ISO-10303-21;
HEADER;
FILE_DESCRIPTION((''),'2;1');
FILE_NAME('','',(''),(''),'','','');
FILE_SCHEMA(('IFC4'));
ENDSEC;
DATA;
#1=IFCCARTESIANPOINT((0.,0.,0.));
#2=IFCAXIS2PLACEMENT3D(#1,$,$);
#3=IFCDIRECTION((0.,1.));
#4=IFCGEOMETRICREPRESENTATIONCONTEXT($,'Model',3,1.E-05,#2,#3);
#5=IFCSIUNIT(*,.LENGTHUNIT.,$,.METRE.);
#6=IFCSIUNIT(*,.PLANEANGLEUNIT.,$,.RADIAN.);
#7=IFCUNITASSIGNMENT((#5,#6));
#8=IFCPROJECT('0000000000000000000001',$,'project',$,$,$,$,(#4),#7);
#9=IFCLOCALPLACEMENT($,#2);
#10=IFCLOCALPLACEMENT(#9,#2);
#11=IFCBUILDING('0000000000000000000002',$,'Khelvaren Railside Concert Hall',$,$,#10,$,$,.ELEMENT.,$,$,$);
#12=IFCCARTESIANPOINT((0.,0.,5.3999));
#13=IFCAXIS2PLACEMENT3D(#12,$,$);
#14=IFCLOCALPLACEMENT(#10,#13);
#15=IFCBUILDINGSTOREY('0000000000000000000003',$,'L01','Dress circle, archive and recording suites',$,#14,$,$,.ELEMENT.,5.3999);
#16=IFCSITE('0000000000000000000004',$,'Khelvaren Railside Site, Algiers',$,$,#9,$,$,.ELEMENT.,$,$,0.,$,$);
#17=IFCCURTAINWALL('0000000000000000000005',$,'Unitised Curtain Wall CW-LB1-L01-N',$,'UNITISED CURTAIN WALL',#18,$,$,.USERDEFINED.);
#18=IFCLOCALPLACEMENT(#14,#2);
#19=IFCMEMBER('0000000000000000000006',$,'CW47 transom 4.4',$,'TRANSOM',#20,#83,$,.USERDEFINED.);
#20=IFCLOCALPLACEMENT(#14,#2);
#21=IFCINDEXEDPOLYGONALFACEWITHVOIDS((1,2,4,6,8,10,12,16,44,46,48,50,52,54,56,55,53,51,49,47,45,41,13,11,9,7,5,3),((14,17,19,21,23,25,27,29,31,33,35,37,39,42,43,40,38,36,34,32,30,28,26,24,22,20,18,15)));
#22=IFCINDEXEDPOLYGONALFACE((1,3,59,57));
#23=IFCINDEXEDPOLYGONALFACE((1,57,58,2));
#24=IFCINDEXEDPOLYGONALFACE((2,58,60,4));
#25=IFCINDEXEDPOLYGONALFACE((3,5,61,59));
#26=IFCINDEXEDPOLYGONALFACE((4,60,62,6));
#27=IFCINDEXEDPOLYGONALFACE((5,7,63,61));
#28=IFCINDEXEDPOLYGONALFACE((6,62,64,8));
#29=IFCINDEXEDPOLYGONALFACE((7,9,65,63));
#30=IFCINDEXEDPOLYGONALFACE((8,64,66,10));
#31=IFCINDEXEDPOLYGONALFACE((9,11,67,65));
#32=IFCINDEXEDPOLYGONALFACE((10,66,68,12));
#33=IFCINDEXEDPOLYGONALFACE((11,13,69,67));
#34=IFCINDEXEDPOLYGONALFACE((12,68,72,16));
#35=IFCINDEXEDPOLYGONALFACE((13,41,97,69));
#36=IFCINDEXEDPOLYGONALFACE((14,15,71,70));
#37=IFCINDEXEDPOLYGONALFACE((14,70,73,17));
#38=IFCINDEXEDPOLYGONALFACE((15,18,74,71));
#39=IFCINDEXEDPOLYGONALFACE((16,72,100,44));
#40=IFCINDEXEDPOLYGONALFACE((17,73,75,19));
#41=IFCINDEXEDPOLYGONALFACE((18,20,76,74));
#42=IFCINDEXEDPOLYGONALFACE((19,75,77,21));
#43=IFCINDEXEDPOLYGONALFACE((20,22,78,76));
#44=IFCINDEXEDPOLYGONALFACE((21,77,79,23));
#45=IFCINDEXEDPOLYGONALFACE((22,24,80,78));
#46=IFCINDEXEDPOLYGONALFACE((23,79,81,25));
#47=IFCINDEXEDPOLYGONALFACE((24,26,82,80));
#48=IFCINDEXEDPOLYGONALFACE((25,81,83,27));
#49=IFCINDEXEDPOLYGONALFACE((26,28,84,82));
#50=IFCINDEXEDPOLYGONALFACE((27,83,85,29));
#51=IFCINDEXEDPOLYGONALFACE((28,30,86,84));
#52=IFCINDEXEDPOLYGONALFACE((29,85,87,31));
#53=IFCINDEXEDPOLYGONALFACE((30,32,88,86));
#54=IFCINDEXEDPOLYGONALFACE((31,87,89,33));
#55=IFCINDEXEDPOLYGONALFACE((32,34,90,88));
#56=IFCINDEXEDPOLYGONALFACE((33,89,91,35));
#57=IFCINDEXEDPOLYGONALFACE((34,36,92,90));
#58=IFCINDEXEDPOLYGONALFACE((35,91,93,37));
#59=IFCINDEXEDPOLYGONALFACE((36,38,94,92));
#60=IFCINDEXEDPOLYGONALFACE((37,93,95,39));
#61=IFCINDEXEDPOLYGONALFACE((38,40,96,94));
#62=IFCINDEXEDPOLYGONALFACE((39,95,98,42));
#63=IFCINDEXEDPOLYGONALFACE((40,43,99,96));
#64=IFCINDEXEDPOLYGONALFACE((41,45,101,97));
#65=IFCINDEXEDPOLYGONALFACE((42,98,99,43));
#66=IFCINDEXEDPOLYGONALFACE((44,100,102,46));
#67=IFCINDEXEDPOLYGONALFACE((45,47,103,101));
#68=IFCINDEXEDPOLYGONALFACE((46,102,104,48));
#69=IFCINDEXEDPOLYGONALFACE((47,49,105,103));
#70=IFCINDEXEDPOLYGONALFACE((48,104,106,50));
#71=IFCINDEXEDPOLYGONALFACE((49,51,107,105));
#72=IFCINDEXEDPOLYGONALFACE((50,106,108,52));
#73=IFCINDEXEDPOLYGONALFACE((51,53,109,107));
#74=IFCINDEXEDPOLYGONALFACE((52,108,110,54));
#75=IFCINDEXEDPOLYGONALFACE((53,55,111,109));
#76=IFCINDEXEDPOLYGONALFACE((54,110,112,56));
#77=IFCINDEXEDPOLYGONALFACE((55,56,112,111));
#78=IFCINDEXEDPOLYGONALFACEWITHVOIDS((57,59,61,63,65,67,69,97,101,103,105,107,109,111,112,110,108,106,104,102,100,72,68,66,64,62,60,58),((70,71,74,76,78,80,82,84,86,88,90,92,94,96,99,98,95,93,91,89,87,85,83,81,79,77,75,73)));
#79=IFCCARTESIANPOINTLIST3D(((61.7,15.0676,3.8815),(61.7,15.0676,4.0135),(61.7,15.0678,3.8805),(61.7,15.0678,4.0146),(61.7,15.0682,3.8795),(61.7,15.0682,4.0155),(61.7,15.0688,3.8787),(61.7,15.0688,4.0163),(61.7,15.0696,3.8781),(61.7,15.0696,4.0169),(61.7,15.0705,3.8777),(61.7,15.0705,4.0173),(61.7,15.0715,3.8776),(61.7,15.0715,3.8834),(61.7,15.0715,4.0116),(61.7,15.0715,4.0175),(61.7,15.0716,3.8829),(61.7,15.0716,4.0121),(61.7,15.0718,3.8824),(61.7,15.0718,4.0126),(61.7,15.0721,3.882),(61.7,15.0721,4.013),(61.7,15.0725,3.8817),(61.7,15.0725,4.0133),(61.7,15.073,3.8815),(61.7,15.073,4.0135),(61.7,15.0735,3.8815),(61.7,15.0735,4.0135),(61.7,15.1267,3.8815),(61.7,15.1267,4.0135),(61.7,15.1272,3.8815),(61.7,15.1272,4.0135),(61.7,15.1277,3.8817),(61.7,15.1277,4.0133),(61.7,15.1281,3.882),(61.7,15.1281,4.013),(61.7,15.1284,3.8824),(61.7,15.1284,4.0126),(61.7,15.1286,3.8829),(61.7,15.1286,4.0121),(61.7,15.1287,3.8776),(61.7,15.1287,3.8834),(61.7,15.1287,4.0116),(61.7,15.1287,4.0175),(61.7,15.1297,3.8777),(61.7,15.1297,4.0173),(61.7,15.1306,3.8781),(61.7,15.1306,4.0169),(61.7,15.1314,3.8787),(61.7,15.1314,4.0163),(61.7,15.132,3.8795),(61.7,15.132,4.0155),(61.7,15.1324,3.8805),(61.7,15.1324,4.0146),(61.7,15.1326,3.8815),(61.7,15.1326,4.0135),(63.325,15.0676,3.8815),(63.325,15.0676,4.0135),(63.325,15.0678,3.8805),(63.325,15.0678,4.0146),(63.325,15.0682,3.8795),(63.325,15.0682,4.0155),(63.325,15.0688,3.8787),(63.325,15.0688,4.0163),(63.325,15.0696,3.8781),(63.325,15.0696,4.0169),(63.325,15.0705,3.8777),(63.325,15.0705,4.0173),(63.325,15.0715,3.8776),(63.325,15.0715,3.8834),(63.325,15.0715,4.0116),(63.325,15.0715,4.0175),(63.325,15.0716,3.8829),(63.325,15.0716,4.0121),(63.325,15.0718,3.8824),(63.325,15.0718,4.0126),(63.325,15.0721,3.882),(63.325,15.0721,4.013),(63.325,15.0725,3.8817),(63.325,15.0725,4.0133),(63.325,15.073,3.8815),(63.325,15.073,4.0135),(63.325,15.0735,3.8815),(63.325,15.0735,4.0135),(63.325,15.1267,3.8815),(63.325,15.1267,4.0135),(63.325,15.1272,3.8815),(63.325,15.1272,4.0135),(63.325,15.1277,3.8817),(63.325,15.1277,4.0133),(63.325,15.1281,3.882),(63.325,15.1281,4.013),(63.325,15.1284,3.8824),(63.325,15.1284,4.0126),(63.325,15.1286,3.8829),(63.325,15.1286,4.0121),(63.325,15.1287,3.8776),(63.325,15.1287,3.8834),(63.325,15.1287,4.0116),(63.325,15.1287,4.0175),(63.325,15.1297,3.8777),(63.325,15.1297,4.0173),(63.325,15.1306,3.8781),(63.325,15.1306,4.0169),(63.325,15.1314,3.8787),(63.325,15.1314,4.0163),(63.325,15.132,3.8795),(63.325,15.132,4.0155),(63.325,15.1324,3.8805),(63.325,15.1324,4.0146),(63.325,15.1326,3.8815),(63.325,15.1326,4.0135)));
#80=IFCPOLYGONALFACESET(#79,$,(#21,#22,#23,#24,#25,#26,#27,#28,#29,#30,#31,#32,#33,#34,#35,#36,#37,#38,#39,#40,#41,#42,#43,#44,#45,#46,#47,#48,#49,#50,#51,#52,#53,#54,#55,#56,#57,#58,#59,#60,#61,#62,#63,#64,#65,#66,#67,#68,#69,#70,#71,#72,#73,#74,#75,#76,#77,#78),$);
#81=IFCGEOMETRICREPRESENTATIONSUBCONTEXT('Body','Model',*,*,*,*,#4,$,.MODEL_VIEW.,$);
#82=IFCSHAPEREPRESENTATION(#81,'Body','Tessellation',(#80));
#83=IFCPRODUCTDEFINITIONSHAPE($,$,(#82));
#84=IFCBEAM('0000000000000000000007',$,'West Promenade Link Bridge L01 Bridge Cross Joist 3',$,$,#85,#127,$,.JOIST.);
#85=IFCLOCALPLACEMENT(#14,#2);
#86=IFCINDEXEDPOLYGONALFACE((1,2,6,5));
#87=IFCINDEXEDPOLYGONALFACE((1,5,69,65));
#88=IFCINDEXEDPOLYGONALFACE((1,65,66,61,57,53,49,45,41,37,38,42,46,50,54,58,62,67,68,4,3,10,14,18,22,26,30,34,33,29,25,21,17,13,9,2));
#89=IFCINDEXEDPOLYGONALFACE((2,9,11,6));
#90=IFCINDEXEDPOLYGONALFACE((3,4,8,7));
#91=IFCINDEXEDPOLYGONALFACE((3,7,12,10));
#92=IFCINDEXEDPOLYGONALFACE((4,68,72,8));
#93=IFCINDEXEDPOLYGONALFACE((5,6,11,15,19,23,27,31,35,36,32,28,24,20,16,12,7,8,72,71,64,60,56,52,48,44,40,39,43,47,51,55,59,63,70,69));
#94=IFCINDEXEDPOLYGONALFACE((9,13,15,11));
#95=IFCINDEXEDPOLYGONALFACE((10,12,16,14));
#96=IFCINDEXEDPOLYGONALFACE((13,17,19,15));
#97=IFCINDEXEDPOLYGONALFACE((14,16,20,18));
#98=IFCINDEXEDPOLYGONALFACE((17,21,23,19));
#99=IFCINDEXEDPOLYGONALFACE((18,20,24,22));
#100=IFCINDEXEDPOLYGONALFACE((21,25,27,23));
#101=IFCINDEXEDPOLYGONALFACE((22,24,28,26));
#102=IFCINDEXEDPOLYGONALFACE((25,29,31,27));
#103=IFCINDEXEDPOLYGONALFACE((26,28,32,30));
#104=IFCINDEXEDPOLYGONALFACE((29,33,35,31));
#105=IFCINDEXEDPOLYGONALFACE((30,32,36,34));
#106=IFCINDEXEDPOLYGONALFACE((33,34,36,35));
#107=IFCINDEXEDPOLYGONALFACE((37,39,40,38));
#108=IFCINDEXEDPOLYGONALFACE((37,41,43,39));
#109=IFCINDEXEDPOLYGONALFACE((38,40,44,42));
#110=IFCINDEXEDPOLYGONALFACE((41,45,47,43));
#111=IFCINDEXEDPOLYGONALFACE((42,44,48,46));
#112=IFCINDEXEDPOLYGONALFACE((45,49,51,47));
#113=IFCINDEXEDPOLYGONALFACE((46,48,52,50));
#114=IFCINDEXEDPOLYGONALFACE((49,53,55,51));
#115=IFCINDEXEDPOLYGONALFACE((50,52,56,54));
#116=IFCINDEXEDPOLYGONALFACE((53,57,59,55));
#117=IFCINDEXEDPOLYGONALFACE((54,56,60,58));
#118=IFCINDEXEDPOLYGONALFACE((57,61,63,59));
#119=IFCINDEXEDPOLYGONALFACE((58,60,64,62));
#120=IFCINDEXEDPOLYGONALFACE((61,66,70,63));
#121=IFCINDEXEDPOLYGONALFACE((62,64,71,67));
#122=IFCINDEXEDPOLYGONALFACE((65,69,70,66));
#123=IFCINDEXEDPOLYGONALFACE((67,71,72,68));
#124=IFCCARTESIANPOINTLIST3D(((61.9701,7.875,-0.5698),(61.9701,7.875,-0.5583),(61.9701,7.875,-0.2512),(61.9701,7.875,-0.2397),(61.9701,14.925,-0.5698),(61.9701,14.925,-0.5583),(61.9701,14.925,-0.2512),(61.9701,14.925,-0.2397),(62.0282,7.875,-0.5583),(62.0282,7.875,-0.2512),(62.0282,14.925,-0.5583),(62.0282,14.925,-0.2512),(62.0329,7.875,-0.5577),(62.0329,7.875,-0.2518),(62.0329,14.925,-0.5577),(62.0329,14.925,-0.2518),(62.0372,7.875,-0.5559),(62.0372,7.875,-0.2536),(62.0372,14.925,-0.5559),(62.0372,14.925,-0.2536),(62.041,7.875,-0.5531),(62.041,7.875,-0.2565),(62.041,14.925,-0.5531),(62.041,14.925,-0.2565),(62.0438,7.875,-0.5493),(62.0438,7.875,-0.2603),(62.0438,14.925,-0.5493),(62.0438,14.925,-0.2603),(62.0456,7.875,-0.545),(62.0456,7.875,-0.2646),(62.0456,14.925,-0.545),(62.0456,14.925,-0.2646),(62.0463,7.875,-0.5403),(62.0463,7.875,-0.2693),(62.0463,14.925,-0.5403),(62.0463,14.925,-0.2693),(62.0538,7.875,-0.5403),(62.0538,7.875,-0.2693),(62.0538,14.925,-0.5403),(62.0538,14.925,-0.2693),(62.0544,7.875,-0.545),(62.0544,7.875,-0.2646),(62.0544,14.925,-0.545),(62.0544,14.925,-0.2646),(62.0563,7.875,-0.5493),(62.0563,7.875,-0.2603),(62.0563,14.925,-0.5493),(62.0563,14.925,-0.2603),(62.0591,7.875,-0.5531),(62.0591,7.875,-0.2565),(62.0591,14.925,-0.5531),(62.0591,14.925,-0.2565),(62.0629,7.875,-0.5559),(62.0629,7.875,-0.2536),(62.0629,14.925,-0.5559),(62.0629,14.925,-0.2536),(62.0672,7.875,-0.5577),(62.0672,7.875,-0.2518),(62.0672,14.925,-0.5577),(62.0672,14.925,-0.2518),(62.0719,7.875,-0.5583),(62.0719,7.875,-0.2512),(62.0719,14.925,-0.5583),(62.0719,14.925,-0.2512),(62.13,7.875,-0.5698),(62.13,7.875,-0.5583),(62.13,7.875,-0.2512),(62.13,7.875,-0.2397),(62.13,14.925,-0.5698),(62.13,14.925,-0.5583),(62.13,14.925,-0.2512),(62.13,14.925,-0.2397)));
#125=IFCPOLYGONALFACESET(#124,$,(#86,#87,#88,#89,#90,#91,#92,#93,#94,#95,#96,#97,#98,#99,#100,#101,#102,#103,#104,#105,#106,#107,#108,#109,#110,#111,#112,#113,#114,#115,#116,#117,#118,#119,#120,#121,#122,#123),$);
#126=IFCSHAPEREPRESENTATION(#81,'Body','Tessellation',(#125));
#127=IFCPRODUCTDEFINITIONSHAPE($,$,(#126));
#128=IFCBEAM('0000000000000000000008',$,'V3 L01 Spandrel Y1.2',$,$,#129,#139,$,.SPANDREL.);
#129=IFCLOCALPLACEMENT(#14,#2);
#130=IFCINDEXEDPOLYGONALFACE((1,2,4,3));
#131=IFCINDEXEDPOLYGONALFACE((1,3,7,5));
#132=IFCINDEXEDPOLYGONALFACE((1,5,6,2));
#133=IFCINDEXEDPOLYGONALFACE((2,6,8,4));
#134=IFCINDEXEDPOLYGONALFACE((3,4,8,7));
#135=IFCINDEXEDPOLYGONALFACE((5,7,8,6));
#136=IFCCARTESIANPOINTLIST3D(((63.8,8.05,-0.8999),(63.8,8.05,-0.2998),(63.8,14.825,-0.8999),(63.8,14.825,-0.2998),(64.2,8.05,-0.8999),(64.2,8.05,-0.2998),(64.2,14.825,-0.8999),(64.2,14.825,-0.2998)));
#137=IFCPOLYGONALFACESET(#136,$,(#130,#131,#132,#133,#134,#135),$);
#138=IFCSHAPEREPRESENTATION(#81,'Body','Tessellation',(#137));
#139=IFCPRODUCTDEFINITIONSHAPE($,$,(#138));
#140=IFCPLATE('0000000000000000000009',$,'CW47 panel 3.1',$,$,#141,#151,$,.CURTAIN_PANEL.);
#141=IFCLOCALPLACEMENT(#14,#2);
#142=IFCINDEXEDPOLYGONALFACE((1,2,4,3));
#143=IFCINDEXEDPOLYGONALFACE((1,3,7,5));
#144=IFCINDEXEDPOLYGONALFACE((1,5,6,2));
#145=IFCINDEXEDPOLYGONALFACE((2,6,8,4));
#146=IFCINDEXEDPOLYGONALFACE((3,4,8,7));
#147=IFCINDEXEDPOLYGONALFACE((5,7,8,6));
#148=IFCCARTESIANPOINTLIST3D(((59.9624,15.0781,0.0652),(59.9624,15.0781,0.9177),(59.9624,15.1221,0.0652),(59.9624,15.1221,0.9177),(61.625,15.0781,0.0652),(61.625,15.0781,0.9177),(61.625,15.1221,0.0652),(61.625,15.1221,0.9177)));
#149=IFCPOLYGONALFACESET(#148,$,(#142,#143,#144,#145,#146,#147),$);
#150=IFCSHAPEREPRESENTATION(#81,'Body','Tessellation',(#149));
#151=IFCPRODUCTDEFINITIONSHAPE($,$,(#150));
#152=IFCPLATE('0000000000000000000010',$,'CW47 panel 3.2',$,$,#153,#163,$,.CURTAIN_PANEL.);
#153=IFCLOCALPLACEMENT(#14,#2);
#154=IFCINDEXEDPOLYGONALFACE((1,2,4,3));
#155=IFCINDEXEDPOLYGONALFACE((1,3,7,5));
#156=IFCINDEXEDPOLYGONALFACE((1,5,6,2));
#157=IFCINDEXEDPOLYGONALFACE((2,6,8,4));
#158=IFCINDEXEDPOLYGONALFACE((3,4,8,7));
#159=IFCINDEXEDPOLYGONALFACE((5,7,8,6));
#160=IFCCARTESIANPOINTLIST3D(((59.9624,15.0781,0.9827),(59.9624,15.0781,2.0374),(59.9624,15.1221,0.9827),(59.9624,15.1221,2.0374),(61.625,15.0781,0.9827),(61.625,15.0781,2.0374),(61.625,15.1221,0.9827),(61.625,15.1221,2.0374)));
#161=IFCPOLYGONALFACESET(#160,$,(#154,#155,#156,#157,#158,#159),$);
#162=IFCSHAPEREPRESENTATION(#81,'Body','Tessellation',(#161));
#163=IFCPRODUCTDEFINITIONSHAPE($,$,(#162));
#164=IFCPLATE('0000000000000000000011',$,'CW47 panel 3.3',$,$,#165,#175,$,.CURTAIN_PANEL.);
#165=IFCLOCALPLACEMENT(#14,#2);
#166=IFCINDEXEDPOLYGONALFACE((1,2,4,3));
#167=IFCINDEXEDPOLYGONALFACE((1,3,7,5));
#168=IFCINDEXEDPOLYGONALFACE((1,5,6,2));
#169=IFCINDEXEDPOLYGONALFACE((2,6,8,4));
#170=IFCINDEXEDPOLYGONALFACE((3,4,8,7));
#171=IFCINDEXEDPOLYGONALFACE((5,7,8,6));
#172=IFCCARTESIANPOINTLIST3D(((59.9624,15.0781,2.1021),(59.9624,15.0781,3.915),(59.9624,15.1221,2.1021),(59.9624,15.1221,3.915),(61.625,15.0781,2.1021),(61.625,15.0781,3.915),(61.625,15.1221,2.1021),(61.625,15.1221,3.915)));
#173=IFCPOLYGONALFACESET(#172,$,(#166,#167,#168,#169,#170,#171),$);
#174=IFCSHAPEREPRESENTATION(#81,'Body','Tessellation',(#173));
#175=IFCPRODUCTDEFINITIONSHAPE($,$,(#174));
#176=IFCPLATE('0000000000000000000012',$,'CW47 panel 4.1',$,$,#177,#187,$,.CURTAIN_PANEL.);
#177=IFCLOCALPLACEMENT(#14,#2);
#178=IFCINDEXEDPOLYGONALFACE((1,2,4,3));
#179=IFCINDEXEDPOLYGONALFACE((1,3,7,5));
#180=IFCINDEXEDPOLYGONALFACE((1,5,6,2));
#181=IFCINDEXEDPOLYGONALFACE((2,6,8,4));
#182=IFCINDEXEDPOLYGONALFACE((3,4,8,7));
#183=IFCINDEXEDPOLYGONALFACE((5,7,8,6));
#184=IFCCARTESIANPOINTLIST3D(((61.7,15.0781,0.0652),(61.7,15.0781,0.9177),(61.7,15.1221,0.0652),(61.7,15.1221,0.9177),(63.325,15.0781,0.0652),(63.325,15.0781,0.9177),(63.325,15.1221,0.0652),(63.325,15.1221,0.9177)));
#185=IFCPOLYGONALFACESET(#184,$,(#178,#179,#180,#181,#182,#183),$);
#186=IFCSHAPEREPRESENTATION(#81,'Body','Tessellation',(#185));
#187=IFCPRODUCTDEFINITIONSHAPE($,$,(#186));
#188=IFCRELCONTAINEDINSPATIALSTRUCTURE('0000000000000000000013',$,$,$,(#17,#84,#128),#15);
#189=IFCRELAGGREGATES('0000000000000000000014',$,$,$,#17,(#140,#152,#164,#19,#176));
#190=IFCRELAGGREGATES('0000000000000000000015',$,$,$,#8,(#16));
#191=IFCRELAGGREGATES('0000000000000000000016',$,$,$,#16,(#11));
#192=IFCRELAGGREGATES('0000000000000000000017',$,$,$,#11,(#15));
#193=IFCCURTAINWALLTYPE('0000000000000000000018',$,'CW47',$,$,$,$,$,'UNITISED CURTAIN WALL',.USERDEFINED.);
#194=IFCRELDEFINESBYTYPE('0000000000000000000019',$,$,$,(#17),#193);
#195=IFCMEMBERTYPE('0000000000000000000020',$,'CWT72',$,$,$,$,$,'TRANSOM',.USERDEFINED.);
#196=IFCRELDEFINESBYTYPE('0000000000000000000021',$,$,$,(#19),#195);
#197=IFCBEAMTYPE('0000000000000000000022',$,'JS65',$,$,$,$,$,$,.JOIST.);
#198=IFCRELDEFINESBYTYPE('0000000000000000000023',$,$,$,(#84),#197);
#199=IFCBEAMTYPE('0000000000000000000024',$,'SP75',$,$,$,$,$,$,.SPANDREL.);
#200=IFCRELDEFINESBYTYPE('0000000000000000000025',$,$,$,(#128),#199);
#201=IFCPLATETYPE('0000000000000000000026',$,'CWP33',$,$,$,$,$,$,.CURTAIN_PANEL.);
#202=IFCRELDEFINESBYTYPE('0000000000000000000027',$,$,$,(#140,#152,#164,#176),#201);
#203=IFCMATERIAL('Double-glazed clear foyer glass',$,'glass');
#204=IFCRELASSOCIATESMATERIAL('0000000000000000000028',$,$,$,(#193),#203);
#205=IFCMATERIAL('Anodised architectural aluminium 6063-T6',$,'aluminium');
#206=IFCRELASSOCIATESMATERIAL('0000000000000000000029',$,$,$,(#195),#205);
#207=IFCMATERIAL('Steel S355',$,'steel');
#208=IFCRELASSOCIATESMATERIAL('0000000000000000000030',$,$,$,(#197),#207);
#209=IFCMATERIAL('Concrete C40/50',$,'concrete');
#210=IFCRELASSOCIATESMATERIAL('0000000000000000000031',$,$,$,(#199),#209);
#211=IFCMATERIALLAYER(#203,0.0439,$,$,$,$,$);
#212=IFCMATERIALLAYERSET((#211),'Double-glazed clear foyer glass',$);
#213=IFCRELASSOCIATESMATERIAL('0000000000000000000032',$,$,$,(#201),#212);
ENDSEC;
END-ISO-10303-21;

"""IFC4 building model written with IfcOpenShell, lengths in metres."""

from ifc_helpers import new_model, si_unit, direction, frame, origin, origin_2d, place, context, subcontext, project, spatial, rectangle, hollow_rectangle, i_section, extrude, material, layer, layer_set, material_profile, profile_set, type_object, element, aggregate, save


model = new_model("IFC4")

# Units and contexts
model_context = context("Model", 3, precision=1e-05, world=origin(), true_north=direction((0.0, 1.0)))
body_context = subcontext(model_context, "Body", "Model", "MODEL_VIEW")
ifc_project = project(units=[si_unit("LENGTHUNIT", "METRE"), si_unit("PLANEANGLEUNIT", "RADIAN")], contexts=[model_context])

# Site, building, storey
site_placement = place(None, origin())
site = spatial("IfcSite", under=ifc_project, at=site_placement, Name="Khelvaren Railside Site, Algiers", CompositionType="ELEMENT", RefElevation=0.0)
building_placement = place(site_placement, origin())
building = spatial("IfcBuilding", under=site, at=building_placement, Name="Khelvaren Railside Concert Hall", CompositionType="ELEMENT")
storey_placement = place(building_placement, frame((0.0, 0.0, 5.3999)))
storey = spatial("IfcBuildingStorey", under=building, at=storey_placement, Name="L01", Description="Dress circle, archive and recording suites", CompositionType="ELEMENT", Elevation=5.3999)

# Shared definitions
ifc_material_1 = material(Name="Concrete C40/50", Category="concrete")

# Curtain wall, member
ifc_material_2 = material(Name="Double-glazed clear foyer glass", Category="glass")
curtain_wall_type = type_object("IfcCurtainWallType", Name="CW47", ElementType="UNITISED CURTAIN WALL", PredefinedType="USERDEFINED", material=ifc_material_2)
curtain_wall_placement = place(storey_placement, origin())
curtain_wall = element("IfcCurtainWall", 1, at=curtain_wall_placement, inside=storey, type_object=curtain_wall_type, Name="Unitised Curtain Wall CW-LB1-L01-N", ObjectType="UNITISED CURTAIN WALL", PredefinedType="USERDEFINED")
ifc_material_3 = material(Name="Anodised architectural aluminium 6063-T6", Category="aluminium")
ifc_material_profile_1 = material_profile(ifc_material_3, hollow_rectangle(XDim=0.0649, YDim=0.1399, WallThickness=0.0039, InnerFilletRadius=0.002, OuterFilletRadius=0.0039, at=origin_2d()), Name="CWT 65x140x4")
ifc_profile_set_1 = profile_set([ifc_material_profile_1], Name="Anodised architectural aluminium 6063-T6")
member_type_1 = type_object("IfcMemberType", Name="CWT72", ElementType="TRANSOM", PredefinedType="USERDEFINED", material=ifc_profile_set_1)
member_1_placement = place(storey_placement, frame((61.7, 15.1001, 3.9475), z_axis=(1.0, 0.0, 0.0), x_axis=(0.0, 1.0, 0.0)))
member_1 = element("IfcMember", 2, at=member_1_placement, type_object=member_type_1, Name="CW47 transom 4.4", ObjectType="TRANSOM", PredefinedType="USERDEFINED", context=body_context, shape_type="SweptSolid", body=[
    extrude(hollow_rectangle(XDim=0.0649, YDim=0.1399, WallThickness=0.0039, InnerFilletRadius=0.002, OuterFilletRadius=0.0039, at=origin_2d()), origin(), (0.0, 0.0, 1.0), 1.625),
])

# Beams
ifc_material_4 = material(Name="Steel S355", Category="steel")
ifc_material_profile_2 = material_profile(ifc_material_4, i_section(OverallWidth=0.1599, OverallDepth=0.3301, WebThickness=0.0076, FlangeThickness=0.0115, FilletRadius=0.0181, at=origin_2d()), Name="IPE 330")
ifc_profile_set_2 = profile_set([ifc_material_profile_2], Name="Steel S355")
beam_type_1 = type_object("IfcBeamType", Name="JS65", PredefinedType="JOIST", material=ifc_profile_set_2)
beam_1_placement = place(storey_placement, frame((62.05, 7.875, -0.4048), z_axis=(0.0, 1.0, 0.0), x_axis=(-1.0, 0.0, 0.0)))
element("IfcBeam", 3, at=beam_1_placement, inside=storey, type_object=beam_type_1, Name="West Promenade Link Bridge L01 Bridge Cross Joist 3", PredefinedType="JOIST", context=body_context, shape_type="SweptSolid", body=[
    extrude(i_section(OverallWidth=0.1599, OverallDepth=0.3301, WebThickness=0.0076, FlangeThickness=0.0115, FilletRadius=0.0181, at=origin_2d()), origin(), (0.0, 0.0, 1.0), 7.05),
])
ifc_material_profile_3 = material_profile(ifc_material_1, rectangle(XDim=0.3999, YDim=0.6001, at=origin_2d()), Name="RCB 400x600")
ifc_profile_set_3 = profile_set([ifc_material_profile_3], Name="Concrete C40/50")
beam_type_2 = type_object("IfcBeamType", Name="SP75", PredefinedType="SPANDREL", material=ifc_profile_set_3)
beam_2_placement = place(storey_placement, frame((64.0, 8.05, -0.5999), z_axis=(0.0, 1.0, 0.0), x_axis=(-1.0, 0.0, 0.0)))
element("IfcBeam", 4, at=beam_2_placement, inside=storey, type_object=beam_type_2, Name="V3 L01 Spandrel Y1.2", PredefinedType="SPANDREL", context=body_context, shape_type="SweptSolid", body=[
    extrude(rectangle(XDim=0.3999, YDim=0.6001, at=origin_2d()), origin(), (0.0, 0.0, 1.0), 6.7749),
])

# Plates
ifc_layer_1 = layer(ifc_material_2, 0.0439)
ifc_layer_set_1 = layer_set([ifc_layer_1], Name="Double-glazed clear foyer glass")
plate_type = type_object("IfcPlateType", Name="CWP33", PredefinedType="CURTAIN_PANEL", material=ifc_layer_set_1)
plate_1_placement = place(storey_placement, frame((60.7937, 15.1001, 0.0652), z_axis=(0.0, 0.0, 1.0), x_axis=(1.0, 0.0, 0.0)))
plate_1 = element("IfcPlate", 5, at=plate_1_placement, type_object=plate_type, Name="CW47 panel 3.1", PredefinedType="CURTAIN_PANEL", context=body_context, shape_type="SweptSolid", body=[
    extrude(rectangle(XDim=1.6626, YDim=0.0439, at=origin_2d()), origin(), (0.0, 0.0, 1.0), 0.8525),
])
plate_2_placement = place(storey_placement, frame((60.7937, 15.1001, 0.9827), z_axis=(0.0, 0.0, 1.0), x_axis=(1.0, 0.0, 0.0)))
plate_2 = element("IfcPlate", 6, at=plate_2_placement, type_object=plate_type, Name="CW47 panel 3.2", PredefinedType="CURTAIN_PANEL", context=body_context, shape_type="SweptSolid", body=[
    extrude(rectangle(XDim=1.6626, YDim=0.0439, at=origin_2d()), origin(), (0.0, 0.0, 1.0), 1.0547),
])
plate_3_placement = place(storey_placement, frame((60.7937, 15.1001, 2.1021), z_axis=(0.0, 0.0, 1.0), x_axis=(1.0, 0.0, 0.0)))
plate_3 = element("IfcPlate", 7, at=plate_3_placement, type_object=plate_type, Name="CW47 panel 3.3", PredefinedType="CURTAIN_PANEL", context=body_context, shape_type="SweptSolid", body=[
    extrude(rectangle(XDim=1.6626, YDim=0.0439, at=origin_2d()), origin(), (0.0, 0.0, 1.0), 1.813),
])
plate_4_placement = place(storey_placement, frame((62.5125, 15.1001, 0.0652), z_axis=(0.0, 0.0, 1.0), x_axis=(1.0, 0.0, 0.0)))
plate_4 = element("IfcPlate", 8, at=plate_4_placement, type_object=plate_type, Name="CW47 panel 4.1", PredefinedType="CURTAIN_PANEL", context=body_context, shape_type="SweptSolid", body=[
    extrude(rectangle(XDim=1.625, YDim=0.0439, at=origin_2d()), origin(), (0.0, 0.0, 1.0), 0.8525),
])
aggregate(curtain_wall, [plate_1, plate_2, plate_3, member_1, plate_4])

save(model, "model.ifc")
